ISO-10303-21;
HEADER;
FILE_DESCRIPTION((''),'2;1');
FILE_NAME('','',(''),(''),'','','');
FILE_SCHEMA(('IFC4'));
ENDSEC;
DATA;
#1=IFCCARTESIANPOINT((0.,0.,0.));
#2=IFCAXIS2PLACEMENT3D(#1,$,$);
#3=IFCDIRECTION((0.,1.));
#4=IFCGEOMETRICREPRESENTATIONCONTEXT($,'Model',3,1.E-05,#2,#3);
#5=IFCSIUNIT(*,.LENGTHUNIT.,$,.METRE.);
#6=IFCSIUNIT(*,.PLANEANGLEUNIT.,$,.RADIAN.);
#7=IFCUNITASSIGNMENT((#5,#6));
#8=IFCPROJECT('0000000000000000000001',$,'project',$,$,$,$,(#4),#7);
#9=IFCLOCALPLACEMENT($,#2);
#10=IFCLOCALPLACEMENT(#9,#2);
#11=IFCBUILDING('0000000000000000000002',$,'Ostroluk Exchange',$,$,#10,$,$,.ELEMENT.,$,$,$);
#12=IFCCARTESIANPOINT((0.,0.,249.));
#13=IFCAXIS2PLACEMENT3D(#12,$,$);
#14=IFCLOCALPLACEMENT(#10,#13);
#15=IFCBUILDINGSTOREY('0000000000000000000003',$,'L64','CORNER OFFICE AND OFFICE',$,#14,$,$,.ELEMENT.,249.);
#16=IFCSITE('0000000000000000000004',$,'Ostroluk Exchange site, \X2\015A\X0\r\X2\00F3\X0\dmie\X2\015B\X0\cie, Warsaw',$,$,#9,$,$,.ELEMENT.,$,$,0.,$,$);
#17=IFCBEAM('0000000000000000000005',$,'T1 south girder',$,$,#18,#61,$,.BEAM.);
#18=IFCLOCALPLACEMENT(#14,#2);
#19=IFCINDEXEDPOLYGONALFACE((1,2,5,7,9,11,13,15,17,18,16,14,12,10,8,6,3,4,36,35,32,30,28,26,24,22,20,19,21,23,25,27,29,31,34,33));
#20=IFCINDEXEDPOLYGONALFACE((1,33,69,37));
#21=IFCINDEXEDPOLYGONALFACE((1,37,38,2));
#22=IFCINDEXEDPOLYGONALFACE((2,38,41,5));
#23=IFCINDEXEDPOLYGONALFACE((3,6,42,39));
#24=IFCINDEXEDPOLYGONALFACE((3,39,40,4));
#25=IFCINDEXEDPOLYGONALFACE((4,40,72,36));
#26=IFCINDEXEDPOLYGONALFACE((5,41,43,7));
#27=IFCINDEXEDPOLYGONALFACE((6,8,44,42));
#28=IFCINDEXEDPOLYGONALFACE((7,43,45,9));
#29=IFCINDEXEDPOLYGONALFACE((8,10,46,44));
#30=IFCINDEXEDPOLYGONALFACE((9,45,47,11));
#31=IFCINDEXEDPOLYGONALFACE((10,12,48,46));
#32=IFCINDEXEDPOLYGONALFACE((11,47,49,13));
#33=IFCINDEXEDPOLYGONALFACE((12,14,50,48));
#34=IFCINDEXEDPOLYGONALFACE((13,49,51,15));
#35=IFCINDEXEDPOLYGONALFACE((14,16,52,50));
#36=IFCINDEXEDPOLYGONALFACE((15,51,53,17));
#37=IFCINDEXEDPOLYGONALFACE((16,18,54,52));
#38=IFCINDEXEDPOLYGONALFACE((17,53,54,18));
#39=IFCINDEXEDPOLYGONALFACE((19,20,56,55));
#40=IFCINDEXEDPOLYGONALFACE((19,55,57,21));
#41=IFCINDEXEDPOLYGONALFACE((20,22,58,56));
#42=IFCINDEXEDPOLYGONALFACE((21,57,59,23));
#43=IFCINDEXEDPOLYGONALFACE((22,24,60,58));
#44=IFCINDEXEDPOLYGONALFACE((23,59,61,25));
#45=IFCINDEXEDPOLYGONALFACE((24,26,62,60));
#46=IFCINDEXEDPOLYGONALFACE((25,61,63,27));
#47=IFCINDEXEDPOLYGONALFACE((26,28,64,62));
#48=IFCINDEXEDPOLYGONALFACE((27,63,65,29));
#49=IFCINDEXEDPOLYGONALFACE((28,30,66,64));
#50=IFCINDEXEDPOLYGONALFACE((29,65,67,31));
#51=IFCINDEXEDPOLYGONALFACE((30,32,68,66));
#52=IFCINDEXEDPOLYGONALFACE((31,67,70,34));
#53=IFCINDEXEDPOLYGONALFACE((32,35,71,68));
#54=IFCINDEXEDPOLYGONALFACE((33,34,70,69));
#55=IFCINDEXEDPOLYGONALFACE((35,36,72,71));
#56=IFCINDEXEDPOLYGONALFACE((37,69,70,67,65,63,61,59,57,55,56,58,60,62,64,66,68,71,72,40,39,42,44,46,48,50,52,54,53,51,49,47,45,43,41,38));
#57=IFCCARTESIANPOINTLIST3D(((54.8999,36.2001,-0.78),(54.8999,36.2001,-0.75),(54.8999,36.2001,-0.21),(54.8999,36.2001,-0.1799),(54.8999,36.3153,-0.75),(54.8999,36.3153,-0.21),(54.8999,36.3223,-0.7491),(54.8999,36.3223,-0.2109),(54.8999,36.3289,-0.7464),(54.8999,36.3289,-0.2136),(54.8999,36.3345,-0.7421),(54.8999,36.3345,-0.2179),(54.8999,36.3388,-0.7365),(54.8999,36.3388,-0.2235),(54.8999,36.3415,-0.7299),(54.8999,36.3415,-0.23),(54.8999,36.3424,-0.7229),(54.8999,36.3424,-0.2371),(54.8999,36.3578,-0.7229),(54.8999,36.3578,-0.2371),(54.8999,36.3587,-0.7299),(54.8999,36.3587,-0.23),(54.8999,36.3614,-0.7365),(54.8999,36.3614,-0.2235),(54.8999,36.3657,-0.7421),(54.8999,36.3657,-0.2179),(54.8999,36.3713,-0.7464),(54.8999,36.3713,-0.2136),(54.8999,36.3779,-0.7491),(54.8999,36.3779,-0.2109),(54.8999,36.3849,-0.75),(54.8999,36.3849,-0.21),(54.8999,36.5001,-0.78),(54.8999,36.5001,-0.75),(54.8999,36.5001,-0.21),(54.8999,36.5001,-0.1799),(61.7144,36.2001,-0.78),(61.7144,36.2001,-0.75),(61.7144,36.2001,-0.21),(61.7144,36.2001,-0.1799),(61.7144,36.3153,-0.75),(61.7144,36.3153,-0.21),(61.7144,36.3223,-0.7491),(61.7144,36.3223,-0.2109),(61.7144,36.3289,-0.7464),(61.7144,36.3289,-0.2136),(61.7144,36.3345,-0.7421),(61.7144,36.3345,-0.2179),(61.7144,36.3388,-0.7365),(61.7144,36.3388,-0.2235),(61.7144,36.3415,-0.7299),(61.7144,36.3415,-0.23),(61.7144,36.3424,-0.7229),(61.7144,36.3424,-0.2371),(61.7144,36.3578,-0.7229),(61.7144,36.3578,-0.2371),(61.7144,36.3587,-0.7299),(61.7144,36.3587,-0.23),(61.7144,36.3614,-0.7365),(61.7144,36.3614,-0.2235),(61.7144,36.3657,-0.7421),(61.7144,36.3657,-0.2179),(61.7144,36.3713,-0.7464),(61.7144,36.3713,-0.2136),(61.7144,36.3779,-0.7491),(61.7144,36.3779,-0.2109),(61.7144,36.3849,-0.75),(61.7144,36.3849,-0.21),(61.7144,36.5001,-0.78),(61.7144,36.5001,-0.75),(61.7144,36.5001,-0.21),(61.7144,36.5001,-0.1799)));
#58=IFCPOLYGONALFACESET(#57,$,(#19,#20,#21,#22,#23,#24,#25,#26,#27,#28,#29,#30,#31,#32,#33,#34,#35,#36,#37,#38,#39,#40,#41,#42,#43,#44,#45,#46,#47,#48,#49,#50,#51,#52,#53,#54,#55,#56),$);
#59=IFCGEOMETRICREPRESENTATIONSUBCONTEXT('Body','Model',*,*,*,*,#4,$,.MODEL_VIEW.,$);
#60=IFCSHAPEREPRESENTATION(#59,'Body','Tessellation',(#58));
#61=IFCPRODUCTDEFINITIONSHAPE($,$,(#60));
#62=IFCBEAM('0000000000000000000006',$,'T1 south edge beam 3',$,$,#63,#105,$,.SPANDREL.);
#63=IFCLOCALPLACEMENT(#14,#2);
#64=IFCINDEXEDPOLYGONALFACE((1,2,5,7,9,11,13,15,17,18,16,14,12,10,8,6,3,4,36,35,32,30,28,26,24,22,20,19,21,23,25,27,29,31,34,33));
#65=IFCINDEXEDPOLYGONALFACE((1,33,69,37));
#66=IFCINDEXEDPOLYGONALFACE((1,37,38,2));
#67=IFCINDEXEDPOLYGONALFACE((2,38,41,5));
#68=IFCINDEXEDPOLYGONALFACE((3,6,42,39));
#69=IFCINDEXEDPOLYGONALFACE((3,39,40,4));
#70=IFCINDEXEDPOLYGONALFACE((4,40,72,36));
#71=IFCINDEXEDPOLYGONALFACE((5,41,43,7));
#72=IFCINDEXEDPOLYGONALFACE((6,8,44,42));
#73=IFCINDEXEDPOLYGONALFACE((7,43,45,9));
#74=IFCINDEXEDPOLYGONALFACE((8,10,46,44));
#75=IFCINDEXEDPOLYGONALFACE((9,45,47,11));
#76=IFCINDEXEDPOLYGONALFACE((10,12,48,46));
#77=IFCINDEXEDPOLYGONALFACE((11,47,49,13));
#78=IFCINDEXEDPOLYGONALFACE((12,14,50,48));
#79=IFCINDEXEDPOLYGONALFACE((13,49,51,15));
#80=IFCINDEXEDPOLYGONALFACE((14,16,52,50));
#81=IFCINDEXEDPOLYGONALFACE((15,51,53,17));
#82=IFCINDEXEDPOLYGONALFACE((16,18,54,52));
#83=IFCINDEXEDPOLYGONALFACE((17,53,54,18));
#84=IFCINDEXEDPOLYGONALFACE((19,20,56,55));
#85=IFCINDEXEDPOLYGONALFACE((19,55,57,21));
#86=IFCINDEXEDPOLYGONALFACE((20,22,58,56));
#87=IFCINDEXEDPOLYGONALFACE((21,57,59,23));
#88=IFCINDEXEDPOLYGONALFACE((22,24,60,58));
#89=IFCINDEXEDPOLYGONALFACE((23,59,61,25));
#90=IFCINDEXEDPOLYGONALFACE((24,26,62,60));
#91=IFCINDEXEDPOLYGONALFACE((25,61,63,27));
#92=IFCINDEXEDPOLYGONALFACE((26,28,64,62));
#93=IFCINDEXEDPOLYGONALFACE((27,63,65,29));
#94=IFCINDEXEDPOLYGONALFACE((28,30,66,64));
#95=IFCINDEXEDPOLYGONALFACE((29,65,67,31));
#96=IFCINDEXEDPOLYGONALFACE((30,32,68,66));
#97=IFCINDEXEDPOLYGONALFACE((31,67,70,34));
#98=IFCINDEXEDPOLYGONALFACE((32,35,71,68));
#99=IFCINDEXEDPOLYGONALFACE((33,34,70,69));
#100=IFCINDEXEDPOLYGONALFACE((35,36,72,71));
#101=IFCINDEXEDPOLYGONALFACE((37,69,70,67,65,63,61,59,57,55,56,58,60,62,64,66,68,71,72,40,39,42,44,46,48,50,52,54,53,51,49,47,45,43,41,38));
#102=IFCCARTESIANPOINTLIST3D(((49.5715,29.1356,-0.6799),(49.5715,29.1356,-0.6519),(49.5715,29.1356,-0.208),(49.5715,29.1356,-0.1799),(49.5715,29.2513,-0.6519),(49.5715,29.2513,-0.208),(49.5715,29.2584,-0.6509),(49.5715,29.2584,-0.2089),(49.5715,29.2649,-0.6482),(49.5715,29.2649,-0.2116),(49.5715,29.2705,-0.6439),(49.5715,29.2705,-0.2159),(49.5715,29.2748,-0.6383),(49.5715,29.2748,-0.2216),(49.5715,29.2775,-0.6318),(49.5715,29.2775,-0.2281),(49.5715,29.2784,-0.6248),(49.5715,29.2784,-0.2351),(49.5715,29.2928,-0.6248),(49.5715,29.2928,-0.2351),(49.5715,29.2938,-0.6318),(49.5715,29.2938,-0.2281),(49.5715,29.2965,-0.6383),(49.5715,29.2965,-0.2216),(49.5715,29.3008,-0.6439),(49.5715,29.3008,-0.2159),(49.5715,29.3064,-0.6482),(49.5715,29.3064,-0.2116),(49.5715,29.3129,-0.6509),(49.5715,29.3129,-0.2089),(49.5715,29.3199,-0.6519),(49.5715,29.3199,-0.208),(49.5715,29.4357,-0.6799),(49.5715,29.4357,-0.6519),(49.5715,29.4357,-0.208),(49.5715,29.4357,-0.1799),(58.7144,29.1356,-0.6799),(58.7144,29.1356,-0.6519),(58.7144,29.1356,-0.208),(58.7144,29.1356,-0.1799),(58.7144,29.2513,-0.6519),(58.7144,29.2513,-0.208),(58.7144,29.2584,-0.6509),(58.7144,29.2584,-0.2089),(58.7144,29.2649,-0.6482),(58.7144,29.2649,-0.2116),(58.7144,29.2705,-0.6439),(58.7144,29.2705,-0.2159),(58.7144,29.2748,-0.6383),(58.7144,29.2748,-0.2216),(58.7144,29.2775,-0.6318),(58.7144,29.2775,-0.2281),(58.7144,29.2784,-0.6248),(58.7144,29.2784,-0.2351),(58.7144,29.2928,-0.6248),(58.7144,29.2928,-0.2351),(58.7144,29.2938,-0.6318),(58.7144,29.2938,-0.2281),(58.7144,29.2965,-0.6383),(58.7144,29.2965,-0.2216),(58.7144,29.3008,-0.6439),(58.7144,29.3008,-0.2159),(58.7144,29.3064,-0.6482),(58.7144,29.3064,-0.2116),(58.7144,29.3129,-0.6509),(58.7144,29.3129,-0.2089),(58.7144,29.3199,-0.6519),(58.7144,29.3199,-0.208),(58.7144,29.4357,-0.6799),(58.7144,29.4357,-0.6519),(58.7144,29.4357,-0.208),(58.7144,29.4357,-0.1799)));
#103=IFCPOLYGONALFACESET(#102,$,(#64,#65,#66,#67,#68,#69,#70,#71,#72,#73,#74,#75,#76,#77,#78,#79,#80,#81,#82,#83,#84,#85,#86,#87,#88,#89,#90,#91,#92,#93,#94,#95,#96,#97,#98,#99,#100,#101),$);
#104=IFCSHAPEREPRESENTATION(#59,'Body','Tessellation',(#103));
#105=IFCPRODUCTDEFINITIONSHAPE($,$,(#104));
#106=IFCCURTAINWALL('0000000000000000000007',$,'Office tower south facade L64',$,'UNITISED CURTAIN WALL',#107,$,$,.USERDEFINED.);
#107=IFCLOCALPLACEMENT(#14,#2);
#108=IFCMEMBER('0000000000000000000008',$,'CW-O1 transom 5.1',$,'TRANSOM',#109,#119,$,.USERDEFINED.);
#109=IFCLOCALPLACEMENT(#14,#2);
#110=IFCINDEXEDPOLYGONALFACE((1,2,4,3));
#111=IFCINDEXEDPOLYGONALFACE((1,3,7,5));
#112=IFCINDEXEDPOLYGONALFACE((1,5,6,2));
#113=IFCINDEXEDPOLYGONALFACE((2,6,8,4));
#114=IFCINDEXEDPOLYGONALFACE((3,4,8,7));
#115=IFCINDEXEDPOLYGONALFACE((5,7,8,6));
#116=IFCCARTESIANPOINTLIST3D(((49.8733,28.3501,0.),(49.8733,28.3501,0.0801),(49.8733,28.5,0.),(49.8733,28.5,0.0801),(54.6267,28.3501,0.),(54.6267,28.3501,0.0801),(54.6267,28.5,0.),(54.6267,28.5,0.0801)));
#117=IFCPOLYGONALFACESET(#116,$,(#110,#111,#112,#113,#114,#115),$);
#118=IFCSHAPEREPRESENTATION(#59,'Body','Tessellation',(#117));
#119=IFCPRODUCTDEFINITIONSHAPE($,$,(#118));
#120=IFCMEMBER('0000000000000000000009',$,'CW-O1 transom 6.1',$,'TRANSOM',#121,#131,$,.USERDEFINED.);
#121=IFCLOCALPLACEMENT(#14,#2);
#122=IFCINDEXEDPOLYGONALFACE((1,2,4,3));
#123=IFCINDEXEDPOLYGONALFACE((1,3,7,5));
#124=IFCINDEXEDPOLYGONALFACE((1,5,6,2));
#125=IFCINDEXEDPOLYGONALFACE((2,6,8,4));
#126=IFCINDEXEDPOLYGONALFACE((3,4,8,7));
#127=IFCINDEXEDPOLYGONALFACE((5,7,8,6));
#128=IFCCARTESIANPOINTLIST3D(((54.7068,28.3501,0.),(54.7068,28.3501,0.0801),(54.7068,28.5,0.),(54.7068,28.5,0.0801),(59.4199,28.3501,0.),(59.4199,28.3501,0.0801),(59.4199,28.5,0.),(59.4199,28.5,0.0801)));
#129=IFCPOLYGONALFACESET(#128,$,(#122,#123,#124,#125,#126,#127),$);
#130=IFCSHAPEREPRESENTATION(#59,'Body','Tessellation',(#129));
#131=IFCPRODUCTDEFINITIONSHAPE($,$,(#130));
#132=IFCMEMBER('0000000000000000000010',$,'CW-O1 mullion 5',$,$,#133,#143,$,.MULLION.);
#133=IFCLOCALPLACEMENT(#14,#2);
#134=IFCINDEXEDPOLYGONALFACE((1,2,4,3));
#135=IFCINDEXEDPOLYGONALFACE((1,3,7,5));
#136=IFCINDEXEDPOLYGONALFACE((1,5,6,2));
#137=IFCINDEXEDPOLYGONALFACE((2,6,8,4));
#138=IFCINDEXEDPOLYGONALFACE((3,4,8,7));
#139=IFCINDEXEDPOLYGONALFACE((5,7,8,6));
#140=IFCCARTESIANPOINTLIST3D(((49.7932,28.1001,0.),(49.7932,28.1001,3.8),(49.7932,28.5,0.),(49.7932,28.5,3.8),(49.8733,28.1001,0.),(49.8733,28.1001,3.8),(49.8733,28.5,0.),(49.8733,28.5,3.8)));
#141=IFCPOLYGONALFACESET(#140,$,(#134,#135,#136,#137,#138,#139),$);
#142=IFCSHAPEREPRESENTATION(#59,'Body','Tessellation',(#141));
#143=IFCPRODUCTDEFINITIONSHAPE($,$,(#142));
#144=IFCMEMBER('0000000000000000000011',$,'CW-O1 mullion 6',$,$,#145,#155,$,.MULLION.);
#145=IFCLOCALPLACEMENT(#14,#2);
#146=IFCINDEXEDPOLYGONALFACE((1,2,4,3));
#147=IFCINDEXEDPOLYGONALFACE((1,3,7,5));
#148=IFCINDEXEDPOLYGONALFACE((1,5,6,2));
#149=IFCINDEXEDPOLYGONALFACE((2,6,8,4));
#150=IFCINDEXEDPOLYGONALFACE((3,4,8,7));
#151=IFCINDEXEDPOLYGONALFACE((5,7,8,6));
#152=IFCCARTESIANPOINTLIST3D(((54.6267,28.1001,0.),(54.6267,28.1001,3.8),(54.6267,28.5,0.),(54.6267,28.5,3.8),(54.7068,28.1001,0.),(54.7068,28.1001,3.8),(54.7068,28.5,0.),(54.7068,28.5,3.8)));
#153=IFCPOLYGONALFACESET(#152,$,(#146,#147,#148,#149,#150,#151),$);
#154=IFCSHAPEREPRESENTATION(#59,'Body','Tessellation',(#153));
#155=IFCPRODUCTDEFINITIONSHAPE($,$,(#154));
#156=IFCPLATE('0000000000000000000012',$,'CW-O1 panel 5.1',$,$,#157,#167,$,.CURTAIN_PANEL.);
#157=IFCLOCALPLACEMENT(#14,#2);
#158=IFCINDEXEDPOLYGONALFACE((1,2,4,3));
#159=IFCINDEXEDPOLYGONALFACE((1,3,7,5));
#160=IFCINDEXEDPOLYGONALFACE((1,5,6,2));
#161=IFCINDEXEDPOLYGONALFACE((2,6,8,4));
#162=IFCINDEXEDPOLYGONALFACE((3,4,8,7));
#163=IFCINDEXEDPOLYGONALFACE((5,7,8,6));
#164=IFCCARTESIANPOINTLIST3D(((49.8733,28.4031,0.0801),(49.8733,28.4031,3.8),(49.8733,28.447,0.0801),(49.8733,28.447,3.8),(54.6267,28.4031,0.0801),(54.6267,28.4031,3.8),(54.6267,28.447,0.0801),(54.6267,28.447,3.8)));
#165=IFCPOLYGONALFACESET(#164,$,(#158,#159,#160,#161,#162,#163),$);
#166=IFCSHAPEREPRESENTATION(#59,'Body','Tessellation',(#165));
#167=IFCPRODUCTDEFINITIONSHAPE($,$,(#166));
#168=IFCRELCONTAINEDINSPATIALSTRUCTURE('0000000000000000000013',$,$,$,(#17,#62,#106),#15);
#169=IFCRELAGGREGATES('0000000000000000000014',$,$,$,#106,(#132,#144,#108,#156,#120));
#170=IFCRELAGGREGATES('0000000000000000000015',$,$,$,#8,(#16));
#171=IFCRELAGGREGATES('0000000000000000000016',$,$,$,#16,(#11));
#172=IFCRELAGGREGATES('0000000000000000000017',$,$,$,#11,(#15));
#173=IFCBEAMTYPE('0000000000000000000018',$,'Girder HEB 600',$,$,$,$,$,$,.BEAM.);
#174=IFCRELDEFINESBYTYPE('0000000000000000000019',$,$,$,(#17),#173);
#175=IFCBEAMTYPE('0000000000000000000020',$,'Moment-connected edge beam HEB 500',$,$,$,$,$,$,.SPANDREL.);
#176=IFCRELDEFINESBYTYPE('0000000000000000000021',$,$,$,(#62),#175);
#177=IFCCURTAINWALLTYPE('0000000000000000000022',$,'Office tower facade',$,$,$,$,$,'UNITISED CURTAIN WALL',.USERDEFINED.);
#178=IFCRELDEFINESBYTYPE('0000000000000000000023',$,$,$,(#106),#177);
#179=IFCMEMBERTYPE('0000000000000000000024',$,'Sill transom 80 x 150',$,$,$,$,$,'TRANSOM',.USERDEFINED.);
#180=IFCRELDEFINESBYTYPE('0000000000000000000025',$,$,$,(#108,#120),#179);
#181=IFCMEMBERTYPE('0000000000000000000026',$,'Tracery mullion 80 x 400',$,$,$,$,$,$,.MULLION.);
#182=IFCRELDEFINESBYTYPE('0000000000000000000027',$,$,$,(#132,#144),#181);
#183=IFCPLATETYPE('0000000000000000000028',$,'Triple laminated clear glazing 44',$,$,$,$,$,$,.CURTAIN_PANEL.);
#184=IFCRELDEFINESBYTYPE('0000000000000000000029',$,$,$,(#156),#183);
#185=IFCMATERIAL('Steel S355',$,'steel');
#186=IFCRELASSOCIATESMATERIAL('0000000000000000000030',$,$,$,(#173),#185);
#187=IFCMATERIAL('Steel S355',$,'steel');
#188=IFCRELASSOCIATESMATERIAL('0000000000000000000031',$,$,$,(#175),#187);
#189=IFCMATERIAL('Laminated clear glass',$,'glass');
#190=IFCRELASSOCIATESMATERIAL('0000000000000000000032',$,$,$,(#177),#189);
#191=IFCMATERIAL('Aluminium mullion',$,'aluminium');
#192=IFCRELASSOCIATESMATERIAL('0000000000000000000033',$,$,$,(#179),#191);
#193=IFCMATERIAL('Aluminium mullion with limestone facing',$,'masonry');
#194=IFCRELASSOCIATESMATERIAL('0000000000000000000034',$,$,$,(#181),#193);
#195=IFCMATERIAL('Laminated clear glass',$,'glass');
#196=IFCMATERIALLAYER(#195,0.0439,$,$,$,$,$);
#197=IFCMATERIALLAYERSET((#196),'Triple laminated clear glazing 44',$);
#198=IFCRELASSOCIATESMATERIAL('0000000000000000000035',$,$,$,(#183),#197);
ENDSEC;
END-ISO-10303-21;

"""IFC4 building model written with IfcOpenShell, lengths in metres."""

from ifc_helpers import new_model, si_unit, direction, frame, origin, origin_2d, place, context, subcontext, project, spatial, rectangle, i_section, extrude, material, layer, layer_set, material_profile, profile_set, type_object, element, aggregate, save


model = new_model("IFC4")

# Units and contexts
model_context = context("Model", 3, precision=1e-05, world=origin(), true_north=direction((0.0, 1.0)))
body_context = subcontext(model_context, "Body", "Model", "MODEL_VIEW")
ifc_project = project(units=[si_unit("LENGTHUNIT", "METRE"), si_unit("PLANEANGLEUNIT", "RADIAN")], contexts=[model_context])

# Site, building, storey
site_placement = place(None, origin())
site = spatial("IfcSite", under=ifc_project, at=site_placement, Name="Ostroluk Exchange site, Śródmieście, Warsaw", CompositionType="ELEMENT", RefElevation=0.0)
building_placement = place(site_placement, origin())
building = spatial("IfcBuilding", under=site, at=building_placement, Name="Ostroluk Exchange", CompositionType="ELEMENT")
storey_placement = place(building_placement, frame((0.0, 0.0, 249.0)))
storey = spatial("IfcBuildingStorey", under=building, at=storey_placement, Name="L64", Description="CORNER OFFICE AND OFFICE", CompositionType="ELEMENT", Elevation=249.0)

# Beams
ifc_material_1 = material(Name="Steel S355", Category="steel")
ifc_material_profile_1 = material_profile(ifc_material_1, i_section(OverallWidth=0.3, OverallDepth=0.6001, WebThickness=0.0154, FlangeThickness=0.03, FilletRadius=0.0271, at=origin_2d()), Name="HEB 600")
ifc_profile_set_1 = profile_set([ifc_material_profile_1], Name="Steel S355")
beam_type_1 = type_object("IfcBeamType", Name="Girder HEB 600", PredefinedType="BEAM", material=ifc_profile_set_1)
beam_1_placement = place(storey_placement, frame((54.8999, 36.3501, -0.48), z_axis=(1.0, 0.0, 0.0), x_axis=(0.0, 1.0, 0.0)))
element("IfcBeam", 1, at=beam_1_placement, inside=storey, type_object=beam_type_1, Name="T1 south girder", PredefinedType="BEAM", context=body_context, shape_type="SweptSolid", body=[
    extrude(i_section(OverallWidth=0.3, OverallDepth=0.6001, WebThickness=0.0154, FlangeThickness=0.03, FilletRadius=0.0271, at=origin_2d()), origin(), (0.0, 0.0, 1.0), 6.8145),
])
ifc_material_2 = material(Name="Steel S355", Category="steel")
ifc_material_profile_2 = material_profile(ifc_material_2, i_section(OverallWidth=0.3, OverallDepth=0.5, WebThickness=0.0144, FlangeThickness=0.0281, FilletRadius=0.0271, at=origin_2d()), Name="HEB 500")
ifc_profile_set_2 = profile_set([ifc_material_profile_2], Name="Steel S355")
beam_type_2 = type_object("IfcBeamType", Name="Moment-connected edge beam HEB 500", PredefinedType="SPANDREL", material=ifc_profile_set_2)
beam_2_placement = place(storey_placement, frame((49.5715, 29.2856, -0.4299), z_axis=(1.0, 0.0, 0.0), x_axis=(0.0, 1.0, 0.0)))
element("IfcBeam", 2, at=beam_2_placement, inside=storey, type_object=beam_type_2, Name="T1 south edge beam 3", PredefinedType="SPANDREL", context=body_context, shape_type="SweptSolid", body=[
    extrude(i_section(OverallWidth=0.3, OverallDepth=0.5, WebThickness=0.0144, FlangeThickness=0.0281, FilletRadius=0.0271, at=origin_2d()), origin(), (0.0, 0.0, 1.0), 9.1428),
])

# Curtain wall, members, plate
ifc_material_3 = material(Name="Laminated clear glass", Category="glass")
curtain_wall_type = type_object("IfcCurtainWallType", Name="Office tower facade", ElementType="UNITISED CURTAIN WALL", PredefinedType="USERDEFINED", material=ifc_material_3)
curtain_wall_placement = place(storey_placement, origin())
curtain_wall = element("IfcCurtainWall", 3, at=curtain_wall_placement, inside=storey, type_object=curtain_wall_type, Name="Office tower south facade L64", ObjectType="UNITISED CURTAIN WALL", PredefinedType="USERDEFINED")
ifc_material_4 = material(Name="Aluminium mullion", Category="aluminium")
ifc_material_profile_3 = material_profile(ifc_material_4, rectangle(XDim=0.1499, YDim=0.0801, at=origin_2d()), Name="Sill transom 80 x 150")
ifc_profile_set_3 = profile_set([ifc_material_profile_3], Name="Aluminium mullion")
member_type_1 = type_object("IfcMemberType", Name="Sill transom 80 x 150", ElementType="TRANSOM", PredefinedType="USERDEFINED", material=ifc_profile_set_3)
member_1_placement = place(storey_placement, frame((49.8733, 28.425, 0.04), z_axis=(1.0, 0.0, 0.0), x_axis=(0.0, 1.0, 0.0)))
member_1 = element("IfcMember", 4, at=member_1_placement, type_object=member_type_1, Name="CW-O1 transom 5.1", ObjectType="TRANSOM", PredefinedType="USERDEFINED", context=body_context, shape_type="SweptSolid", body=[
    extrude(rectangle(XDim=0.1499, YDim=0.0801, at=origin_2d()), origin(), (0.0, 0.0, 1.0), 4.7534),
])
member_2_placement = place(storey_placement, frame((54.7068, 28.425, 0.04), z_axis=(1.0, 0.0, 0.0), x_axis=(0.0, 1.0, 0.0)))
member_2 = element("IfcMember", 5, at=member_2_placement, type_object=member_type_1, Name="CW-O1 transom 6.1", ObjectType="TRANSOM", PredefinedType="USERDEFINED", context=body_context, shape_type="SweptSolid", body=[
    extrude(rectangle(XDim=0.1499, YDim=0.0801, at=origin_2d()), origin(), (0.0, 0.0, 1.0), 4.7131),
])
ifc_material_5 = material(Name="Aluminium mullion with limestone facing", Category="masonry")
ifc_material_profile_4 = material_profile(ifc_material_5, rectangle(XDim=0.3999, YDim=0.0801, at=origin_2d()), Name="Tracery mullion 80 x 400")
ifc_profile_set_4 = profile_set([ifc_material_profile_4], Name="Aluminium mullion with limestone facing")
member_type_2 = type_object("IfcMemberType", Name="Tracery mullion 80 x 400", PredefinedType="MULLION", material=ifc_profile_set_4)
member_3_placement = place(storey_placement, frame((49.8333, 28.3, 0.0), z_axis=(0.0, 0.0, 1.0), x_axis=(0.0, 1.0, 0.0)))
member_3 = element("IfcMember", 6, at=member_3_placement, type_object=member_type_2, Name="CW-O1 mullion 5", PredefinedType="MULLION", context=body_context, shape_type="SweptSolid", body=[
    extrude(rectangle(XDim=0.3999, YDim=0.0801, at=origin_2d()), origin(), (0.0, 0.0, 1.0), 3.8),
])
member_4_placement = place(storey_placement, frame((54.6667, 28.3, 0.0), z_axis=(0.0, 0.0, 1.0), x_axis=(0.0, 1.0, 0.0)))
member_4 = element("IfcMember", 7, at=member_4_placement, type_object=member_type_2, Name="CW-O1 mullion 6", PredefinedType="MULLION", context=body_context, shape_type="SweptSolid", body=[
    extrude(rectangle(XDim=0.3999, YDim=0.0801, at=origin_2d()), origin(), (0.0, 0.0, 1.0), 3.8),
])
ifc_material_6 = material(Name="Laminated clear glass", Category="glass")
ifc_layer_1 = layer(ifc_material_6, 0.0439)
ifc_layer_set_1 = layer_set([ifc_layer_1], Name="Triple laminated clear glazing 44")
plate_type = type_object("IfcPlateType", Name="Triple laminated clear glazing 44", PredefinedType="CURTAIN_PANEL", material=ifc_layer_set_1)
plate_placement = place(storey_placement, frame((52.25, 28.425, 0.0801), z_axis=(0.0, 0.0, 1.0), x_axis=(1.0, 0.0, 0.0)))
plate = element("IfcPlate", 8, at=plate_placement, type_object=plate_type, Name="CW-O1 panel 5.1", PredefinedType="CURTAIN_PANEL", context=body_context, shape_type="SweptSolid", body=[
    extrude(rectangle(XDim=4.7534, YDim=0.0439, at=origin_2d()), origin(), (0.0, 0.0, 1.0), 3.72),
])
aggregate(curtain_wall, [member_3, member_4, member_1, plate, member_2])

save(model, "model.ifc")
